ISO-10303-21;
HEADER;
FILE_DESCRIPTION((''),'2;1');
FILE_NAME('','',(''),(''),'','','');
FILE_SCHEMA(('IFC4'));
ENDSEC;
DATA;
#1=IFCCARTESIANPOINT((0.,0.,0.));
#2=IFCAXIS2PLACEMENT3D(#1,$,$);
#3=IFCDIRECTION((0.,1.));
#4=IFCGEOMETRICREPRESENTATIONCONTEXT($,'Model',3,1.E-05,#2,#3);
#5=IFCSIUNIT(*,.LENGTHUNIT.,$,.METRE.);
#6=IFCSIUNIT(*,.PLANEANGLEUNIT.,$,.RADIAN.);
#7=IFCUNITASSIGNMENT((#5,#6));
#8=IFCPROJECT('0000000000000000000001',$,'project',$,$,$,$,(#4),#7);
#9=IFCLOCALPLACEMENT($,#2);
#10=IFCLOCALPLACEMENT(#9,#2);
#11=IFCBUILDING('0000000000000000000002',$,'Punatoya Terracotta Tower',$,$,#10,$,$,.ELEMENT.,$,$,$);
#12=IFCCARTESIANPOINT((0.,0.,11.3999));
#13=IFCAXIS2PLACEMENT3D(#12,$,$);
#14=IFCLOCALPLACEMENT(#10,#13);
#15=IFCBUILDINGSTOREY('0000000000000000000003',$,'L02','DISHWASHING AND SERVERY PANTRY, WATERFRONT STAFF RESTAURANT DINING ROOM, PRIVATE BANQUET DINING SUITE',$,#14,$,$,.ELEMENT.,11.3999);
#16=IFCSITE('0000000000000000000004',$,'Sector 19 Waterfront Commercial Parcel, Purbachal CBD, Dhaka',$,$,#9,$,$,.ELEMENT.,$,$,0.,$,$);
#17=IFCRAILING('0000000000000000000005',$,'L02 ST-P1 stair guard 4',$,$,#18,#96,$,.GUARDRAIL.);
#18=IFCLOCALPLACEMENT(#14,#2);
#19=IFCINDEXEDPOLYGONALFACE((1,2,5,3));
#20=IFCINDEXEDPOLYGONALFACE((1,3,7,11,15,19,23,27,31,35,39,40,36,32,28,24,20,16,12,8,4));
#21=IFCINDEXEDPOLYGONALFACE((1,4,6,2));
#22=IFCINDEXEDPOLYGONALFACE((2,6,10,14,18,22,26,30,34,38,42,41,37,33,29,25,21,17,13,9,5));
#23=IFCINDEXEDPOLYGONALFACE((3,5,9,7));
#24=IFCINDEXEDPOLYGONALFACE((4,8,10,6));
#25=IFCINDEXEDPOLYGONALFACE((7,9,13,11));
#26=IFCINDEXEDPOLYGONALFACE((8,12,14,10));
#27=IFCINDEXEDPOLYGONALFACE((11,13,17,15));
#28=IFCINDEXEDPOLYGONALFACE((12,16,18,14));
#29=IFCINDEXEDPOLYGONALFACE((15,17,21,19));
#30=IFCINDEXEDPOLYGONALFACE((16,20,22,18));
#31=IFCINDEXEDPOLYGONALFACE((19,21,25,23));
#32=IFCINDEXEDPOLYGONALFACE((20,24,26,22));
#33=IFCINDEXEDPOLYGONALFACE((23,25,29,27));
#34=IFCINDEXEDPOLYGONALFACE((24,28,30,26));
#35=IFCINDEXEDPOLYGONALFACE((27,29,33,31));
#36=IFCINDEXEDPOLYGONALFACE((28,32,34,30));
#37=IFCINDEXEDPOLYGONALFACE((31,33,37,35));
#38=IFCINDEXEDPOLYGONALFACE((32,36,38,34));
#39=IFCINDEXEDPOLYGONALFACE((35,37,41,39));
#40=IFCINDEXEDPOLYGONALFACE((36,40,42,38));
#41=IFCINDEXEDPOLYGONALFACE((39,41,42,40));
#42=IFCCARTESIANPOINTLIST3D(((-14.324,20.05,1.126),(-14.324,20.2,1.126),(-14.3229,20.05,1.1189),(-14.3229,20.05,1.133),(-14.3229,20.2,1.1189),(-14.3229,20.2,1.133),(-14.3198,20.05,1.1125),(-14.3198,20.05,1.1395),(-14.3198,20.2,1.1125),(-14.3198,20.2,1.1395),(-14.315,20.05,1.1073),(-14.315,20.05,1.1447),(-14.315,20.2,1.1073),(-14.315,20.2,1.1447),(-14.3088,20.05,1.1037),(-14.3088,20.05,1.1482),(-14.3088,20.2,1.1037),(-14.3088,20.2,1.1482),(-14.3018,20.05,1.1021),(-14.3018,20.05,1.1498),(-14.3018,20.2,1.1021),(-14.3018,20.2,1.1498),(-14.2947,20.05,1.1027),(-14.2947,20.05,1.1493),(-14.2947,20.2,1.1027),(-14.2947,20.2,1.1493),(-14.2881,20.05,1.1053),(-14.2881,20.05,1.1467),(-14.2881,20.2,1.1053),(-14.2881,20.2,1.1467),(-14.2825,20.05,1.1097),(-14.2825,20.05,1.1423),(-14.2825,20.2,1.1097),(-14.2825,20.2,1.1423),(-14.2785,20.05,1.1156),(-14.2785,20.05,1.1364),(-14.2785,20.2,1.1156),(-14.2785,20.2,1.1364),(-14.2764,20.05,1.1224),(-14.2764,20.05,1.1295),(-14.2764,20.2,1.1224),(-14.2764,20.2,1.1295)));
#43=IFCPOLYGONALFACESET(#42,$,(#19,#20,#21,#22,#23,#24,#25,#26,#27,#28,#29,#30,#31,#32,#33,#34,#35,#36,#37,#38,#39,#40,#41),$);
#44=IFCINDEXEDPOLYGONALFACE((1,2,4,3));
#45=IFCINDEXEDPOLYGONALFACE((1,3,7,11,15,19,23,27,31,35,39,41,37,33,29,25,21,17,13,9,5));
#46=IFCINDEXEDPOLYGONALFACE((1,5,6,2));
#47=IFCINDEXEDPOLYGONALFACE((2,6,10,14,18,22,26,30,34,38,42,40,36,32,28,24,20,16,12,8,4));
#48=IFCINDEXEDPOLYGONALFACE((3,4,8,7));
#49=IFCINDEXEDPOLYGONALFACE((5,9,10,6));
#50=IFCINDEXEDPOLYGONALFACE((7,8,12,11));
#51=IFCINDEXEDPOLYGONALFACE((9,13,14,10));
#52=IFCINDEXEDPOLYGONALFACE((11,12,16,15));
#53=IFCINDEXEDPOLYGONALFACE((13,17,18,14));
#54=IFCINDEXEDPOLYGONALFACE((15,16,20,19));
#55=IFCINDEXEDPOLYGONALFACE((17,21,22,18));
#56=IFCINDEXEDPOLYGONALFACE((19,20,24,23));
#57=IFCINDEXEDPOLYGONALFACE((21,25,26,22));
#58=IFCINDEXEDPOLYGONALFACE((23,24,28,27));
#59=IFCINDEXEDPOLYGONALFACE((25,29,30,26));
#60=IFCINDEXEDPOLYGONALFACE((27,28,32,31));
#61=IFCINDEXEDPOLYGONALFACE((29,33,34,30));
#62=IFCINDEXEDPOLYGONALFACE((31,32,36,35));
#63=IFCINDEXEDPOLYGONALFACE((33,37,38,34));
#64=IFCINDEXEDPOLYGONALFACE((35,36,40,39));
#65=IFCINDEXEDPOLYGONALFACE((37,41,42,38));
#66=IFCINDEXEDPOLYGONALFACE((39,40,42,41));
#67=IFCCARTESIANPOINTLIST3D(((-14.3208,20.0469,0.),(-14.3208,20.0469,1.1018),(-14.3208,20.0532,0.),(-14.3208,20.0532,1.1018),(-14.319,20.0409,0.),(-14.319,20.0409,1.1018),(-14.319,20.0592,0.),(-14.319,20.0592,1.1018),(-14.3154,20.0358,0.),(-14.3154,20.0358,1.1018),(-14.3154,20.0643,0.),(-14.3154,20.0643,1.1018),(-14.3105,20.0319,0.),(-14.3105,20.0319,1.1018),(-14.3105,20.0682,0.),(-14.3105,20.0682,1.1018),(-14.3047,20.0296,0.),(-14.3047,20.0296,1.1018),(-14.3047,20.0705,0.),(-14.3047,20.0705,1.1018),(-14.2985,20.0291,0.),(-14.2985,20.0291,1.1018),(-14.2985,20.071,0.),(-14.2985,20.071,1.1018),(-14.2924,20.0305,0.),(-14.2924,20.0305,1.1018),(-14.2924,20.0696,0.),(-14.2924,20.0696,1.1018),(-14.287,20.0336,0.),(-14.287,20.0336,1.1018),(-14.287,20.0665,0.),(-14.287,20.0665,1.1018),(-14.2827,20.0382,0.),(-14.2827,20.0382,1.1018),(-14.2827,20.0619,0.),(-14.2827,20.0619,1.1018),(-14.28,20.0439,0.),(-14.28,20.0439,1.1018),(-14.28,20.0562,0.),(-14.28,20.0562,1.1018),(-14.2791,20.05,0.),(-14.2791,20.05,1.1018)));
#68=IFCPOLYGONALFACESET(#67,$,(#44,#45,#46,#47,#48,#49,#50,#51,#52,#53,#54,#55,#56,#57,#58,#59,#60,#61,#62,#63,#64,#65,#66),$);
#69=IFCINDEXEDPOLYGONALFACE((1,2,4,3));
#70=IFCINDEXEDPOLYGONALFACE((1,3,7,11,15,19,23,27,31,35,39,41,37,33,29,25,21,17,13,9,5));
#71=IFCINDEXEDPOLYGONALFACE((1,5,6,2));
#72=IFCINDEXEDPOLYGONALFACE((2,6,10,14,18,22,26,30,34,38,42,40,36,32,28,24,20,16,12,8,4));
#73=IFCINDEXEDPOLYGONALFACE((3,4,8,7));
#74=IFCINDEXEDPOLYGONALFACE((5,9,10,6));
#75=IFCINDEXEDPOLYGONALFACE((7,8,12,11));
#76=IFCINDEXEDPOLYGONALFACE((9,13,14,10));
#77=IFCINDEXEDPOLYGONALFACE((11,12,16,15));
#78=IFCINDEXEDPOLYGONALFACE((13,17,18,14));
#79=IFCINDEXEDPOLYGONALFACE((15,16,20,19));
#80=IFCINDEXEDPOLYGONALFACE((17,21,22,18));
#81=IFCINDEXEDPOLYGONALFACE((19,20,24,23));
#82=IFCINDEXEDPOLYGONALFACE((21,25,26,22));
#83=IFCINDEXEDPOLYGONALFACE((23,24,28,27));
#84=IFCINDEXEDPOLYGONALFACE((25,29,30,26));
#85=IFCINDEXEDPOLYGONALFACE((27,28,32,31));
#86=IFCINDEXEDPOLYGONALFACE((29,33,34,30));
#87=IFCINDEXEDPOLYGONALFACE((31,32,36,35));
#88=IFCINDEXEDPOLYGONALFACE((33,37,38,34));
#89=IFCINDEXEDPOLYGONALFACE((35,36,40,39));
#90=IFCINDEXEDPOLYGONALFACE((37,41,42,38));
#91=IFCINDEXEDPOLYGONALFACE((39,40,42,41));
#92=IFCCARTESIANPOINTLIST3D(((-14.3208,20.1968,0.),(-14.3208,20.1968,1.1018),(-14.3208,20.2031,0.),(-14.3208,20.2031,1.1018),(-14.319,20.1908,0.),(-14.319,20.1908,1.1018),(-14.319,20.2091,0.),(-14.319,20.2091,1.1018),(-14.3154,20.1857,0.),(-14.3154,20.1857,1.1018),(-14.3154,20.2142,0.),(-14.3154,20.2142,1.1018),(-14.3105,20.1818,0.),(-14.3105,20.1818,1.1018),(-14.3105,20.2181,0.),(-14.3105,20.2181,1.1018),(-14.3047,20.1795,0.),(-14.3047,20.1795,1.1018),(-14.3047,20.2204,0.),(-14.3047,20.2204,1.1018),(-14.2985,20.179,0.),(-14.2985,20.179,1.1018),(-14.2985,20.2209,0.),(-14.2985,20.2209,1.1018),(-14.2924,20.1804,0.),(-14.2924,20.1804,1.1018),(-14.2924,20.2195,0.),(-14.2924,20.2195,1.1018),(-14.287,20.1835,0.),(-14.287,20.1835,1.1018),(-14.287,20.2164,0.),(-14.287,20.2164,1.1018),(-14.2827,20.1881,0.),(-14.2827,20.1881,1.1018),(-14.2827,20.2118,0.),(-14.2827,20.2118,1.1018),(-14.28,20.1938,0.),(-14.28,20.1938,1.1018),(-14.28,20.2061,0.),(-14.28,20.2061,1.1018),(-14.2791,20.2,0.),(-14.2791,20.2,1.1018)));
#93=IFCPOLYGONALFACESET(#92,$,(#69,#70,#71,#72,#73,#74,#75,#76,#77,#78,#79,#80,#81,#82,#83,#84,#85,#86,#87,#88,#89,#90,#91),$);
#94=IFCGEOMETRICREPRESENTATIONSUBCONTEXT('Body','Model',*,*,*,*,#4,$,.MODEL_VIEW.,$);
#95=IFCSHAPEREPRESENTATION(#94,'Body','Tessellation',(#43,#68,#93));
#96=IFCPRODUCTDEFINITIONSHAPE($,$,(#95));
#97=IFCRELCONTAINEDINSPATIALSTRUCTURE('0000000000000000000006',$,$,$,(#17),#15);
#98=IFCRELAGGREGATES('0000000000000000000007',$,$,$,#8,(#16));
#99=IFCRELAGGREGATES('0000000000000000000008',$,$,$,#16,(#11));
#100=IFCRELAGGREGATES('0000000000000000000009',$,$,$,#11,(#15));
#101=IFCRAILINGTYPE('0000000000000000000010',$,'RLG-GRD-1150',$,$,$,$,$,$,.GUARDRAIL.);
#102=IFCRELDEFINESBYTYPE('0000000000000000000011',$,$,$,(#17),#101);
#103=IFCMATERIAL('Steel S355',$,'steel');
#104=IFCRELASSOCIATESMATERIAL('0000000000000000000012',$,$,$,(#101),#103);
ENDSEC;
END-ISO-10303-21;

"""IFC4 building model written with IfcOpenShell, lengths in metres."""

from ifc_helpers import new_model, si_unit, direction, frame, origin, origin_2d, place, context, subcontext, project, spatial, circle, extrude, material, type_object, element, save


model = new_model("IFC4")

# Units and contexts
model_context = context("Model", 3, precision=1e-05, world=origin(), true_north=direction((0.0, 1.0)))
body_context = subcontext(model_context, "Body", "Model", "MODEL_VIEW")
ifc_project = project(units=[si_unit("LENGTHUNIT", "METRE"), si_unit("PLANEANGLEUNIT", "RADIAN")], contexts=[model_context])

# Site, building, storey
site_placement = place(None, origin())
site = spatial("IfcSite", under=ifc_project, at=site_placement, Name="Sector 19 Waterfront Commercial Parcel, Purbachal CBD, Dhaka", CompositionType="ELEMENT", RefElevation=0.0)
building_placement = place(site_placement, origin())
building = spatial("IfcBuilding", under=site, at=building_placement, Name="Punatoya Terracotta Tower", CompositionType="ELEMENT")
storey_placement = place(building_placement, frame((0.0, 0.0, 11.3999)))
storey = spatial("IfcBuildingStorey", under=building, at=storey_placement, Name="L02", Description="DISHWASHING AND SERVERY PANTRY, WATERFRONT STAFF RESTAURANT DINING ROOM, PRIVATE BANQUET DINING SUITE", CompositionType="ELEMENT", Elevation=11.3999)

# Shared definitions
ifc_material_1 = material(Name="Steel S355", Category="steel")

# Railing
railing_type_1 = type_object("IfcRailingType", Name="RLG-GRD-1150", PredefinedType="GUARDRAIL", material=ifc_material_1)
railing_1_placement = place(storey_placement, frame((-14.3, 20.05, 0.0)))
element("IfcRailing", 1, at=railing_1_placement, inside=storey, type_object=railing_type_1, Name="L02 ST-P1 stair guard 4", PredefinedType="GUARDRAIL", context=body_context, shape_type="SweptSolid", body=[
    extrude(circle(Radius=0.0239, at=origin_2d()), frame((0.0, 0.0, 1.126), z_axis=(0.0, 1.0, 0.0), x_axis=(-1.0, 0.0, 0.0)), (0.0, 0.0, 1.0), 0.1499),
    extrude(circle(Radius=0.021, at=origin_2d()), origin(), (0.0, 0.0, 1.0), 1.1018),
    extrude(circle(Radius=0.021, at=origin_2d()), frame((0.0, 0.1499, 0.0)), (0.0, 0.0, 1.0), 1.1018),
])

save(model, "model.ifc")
